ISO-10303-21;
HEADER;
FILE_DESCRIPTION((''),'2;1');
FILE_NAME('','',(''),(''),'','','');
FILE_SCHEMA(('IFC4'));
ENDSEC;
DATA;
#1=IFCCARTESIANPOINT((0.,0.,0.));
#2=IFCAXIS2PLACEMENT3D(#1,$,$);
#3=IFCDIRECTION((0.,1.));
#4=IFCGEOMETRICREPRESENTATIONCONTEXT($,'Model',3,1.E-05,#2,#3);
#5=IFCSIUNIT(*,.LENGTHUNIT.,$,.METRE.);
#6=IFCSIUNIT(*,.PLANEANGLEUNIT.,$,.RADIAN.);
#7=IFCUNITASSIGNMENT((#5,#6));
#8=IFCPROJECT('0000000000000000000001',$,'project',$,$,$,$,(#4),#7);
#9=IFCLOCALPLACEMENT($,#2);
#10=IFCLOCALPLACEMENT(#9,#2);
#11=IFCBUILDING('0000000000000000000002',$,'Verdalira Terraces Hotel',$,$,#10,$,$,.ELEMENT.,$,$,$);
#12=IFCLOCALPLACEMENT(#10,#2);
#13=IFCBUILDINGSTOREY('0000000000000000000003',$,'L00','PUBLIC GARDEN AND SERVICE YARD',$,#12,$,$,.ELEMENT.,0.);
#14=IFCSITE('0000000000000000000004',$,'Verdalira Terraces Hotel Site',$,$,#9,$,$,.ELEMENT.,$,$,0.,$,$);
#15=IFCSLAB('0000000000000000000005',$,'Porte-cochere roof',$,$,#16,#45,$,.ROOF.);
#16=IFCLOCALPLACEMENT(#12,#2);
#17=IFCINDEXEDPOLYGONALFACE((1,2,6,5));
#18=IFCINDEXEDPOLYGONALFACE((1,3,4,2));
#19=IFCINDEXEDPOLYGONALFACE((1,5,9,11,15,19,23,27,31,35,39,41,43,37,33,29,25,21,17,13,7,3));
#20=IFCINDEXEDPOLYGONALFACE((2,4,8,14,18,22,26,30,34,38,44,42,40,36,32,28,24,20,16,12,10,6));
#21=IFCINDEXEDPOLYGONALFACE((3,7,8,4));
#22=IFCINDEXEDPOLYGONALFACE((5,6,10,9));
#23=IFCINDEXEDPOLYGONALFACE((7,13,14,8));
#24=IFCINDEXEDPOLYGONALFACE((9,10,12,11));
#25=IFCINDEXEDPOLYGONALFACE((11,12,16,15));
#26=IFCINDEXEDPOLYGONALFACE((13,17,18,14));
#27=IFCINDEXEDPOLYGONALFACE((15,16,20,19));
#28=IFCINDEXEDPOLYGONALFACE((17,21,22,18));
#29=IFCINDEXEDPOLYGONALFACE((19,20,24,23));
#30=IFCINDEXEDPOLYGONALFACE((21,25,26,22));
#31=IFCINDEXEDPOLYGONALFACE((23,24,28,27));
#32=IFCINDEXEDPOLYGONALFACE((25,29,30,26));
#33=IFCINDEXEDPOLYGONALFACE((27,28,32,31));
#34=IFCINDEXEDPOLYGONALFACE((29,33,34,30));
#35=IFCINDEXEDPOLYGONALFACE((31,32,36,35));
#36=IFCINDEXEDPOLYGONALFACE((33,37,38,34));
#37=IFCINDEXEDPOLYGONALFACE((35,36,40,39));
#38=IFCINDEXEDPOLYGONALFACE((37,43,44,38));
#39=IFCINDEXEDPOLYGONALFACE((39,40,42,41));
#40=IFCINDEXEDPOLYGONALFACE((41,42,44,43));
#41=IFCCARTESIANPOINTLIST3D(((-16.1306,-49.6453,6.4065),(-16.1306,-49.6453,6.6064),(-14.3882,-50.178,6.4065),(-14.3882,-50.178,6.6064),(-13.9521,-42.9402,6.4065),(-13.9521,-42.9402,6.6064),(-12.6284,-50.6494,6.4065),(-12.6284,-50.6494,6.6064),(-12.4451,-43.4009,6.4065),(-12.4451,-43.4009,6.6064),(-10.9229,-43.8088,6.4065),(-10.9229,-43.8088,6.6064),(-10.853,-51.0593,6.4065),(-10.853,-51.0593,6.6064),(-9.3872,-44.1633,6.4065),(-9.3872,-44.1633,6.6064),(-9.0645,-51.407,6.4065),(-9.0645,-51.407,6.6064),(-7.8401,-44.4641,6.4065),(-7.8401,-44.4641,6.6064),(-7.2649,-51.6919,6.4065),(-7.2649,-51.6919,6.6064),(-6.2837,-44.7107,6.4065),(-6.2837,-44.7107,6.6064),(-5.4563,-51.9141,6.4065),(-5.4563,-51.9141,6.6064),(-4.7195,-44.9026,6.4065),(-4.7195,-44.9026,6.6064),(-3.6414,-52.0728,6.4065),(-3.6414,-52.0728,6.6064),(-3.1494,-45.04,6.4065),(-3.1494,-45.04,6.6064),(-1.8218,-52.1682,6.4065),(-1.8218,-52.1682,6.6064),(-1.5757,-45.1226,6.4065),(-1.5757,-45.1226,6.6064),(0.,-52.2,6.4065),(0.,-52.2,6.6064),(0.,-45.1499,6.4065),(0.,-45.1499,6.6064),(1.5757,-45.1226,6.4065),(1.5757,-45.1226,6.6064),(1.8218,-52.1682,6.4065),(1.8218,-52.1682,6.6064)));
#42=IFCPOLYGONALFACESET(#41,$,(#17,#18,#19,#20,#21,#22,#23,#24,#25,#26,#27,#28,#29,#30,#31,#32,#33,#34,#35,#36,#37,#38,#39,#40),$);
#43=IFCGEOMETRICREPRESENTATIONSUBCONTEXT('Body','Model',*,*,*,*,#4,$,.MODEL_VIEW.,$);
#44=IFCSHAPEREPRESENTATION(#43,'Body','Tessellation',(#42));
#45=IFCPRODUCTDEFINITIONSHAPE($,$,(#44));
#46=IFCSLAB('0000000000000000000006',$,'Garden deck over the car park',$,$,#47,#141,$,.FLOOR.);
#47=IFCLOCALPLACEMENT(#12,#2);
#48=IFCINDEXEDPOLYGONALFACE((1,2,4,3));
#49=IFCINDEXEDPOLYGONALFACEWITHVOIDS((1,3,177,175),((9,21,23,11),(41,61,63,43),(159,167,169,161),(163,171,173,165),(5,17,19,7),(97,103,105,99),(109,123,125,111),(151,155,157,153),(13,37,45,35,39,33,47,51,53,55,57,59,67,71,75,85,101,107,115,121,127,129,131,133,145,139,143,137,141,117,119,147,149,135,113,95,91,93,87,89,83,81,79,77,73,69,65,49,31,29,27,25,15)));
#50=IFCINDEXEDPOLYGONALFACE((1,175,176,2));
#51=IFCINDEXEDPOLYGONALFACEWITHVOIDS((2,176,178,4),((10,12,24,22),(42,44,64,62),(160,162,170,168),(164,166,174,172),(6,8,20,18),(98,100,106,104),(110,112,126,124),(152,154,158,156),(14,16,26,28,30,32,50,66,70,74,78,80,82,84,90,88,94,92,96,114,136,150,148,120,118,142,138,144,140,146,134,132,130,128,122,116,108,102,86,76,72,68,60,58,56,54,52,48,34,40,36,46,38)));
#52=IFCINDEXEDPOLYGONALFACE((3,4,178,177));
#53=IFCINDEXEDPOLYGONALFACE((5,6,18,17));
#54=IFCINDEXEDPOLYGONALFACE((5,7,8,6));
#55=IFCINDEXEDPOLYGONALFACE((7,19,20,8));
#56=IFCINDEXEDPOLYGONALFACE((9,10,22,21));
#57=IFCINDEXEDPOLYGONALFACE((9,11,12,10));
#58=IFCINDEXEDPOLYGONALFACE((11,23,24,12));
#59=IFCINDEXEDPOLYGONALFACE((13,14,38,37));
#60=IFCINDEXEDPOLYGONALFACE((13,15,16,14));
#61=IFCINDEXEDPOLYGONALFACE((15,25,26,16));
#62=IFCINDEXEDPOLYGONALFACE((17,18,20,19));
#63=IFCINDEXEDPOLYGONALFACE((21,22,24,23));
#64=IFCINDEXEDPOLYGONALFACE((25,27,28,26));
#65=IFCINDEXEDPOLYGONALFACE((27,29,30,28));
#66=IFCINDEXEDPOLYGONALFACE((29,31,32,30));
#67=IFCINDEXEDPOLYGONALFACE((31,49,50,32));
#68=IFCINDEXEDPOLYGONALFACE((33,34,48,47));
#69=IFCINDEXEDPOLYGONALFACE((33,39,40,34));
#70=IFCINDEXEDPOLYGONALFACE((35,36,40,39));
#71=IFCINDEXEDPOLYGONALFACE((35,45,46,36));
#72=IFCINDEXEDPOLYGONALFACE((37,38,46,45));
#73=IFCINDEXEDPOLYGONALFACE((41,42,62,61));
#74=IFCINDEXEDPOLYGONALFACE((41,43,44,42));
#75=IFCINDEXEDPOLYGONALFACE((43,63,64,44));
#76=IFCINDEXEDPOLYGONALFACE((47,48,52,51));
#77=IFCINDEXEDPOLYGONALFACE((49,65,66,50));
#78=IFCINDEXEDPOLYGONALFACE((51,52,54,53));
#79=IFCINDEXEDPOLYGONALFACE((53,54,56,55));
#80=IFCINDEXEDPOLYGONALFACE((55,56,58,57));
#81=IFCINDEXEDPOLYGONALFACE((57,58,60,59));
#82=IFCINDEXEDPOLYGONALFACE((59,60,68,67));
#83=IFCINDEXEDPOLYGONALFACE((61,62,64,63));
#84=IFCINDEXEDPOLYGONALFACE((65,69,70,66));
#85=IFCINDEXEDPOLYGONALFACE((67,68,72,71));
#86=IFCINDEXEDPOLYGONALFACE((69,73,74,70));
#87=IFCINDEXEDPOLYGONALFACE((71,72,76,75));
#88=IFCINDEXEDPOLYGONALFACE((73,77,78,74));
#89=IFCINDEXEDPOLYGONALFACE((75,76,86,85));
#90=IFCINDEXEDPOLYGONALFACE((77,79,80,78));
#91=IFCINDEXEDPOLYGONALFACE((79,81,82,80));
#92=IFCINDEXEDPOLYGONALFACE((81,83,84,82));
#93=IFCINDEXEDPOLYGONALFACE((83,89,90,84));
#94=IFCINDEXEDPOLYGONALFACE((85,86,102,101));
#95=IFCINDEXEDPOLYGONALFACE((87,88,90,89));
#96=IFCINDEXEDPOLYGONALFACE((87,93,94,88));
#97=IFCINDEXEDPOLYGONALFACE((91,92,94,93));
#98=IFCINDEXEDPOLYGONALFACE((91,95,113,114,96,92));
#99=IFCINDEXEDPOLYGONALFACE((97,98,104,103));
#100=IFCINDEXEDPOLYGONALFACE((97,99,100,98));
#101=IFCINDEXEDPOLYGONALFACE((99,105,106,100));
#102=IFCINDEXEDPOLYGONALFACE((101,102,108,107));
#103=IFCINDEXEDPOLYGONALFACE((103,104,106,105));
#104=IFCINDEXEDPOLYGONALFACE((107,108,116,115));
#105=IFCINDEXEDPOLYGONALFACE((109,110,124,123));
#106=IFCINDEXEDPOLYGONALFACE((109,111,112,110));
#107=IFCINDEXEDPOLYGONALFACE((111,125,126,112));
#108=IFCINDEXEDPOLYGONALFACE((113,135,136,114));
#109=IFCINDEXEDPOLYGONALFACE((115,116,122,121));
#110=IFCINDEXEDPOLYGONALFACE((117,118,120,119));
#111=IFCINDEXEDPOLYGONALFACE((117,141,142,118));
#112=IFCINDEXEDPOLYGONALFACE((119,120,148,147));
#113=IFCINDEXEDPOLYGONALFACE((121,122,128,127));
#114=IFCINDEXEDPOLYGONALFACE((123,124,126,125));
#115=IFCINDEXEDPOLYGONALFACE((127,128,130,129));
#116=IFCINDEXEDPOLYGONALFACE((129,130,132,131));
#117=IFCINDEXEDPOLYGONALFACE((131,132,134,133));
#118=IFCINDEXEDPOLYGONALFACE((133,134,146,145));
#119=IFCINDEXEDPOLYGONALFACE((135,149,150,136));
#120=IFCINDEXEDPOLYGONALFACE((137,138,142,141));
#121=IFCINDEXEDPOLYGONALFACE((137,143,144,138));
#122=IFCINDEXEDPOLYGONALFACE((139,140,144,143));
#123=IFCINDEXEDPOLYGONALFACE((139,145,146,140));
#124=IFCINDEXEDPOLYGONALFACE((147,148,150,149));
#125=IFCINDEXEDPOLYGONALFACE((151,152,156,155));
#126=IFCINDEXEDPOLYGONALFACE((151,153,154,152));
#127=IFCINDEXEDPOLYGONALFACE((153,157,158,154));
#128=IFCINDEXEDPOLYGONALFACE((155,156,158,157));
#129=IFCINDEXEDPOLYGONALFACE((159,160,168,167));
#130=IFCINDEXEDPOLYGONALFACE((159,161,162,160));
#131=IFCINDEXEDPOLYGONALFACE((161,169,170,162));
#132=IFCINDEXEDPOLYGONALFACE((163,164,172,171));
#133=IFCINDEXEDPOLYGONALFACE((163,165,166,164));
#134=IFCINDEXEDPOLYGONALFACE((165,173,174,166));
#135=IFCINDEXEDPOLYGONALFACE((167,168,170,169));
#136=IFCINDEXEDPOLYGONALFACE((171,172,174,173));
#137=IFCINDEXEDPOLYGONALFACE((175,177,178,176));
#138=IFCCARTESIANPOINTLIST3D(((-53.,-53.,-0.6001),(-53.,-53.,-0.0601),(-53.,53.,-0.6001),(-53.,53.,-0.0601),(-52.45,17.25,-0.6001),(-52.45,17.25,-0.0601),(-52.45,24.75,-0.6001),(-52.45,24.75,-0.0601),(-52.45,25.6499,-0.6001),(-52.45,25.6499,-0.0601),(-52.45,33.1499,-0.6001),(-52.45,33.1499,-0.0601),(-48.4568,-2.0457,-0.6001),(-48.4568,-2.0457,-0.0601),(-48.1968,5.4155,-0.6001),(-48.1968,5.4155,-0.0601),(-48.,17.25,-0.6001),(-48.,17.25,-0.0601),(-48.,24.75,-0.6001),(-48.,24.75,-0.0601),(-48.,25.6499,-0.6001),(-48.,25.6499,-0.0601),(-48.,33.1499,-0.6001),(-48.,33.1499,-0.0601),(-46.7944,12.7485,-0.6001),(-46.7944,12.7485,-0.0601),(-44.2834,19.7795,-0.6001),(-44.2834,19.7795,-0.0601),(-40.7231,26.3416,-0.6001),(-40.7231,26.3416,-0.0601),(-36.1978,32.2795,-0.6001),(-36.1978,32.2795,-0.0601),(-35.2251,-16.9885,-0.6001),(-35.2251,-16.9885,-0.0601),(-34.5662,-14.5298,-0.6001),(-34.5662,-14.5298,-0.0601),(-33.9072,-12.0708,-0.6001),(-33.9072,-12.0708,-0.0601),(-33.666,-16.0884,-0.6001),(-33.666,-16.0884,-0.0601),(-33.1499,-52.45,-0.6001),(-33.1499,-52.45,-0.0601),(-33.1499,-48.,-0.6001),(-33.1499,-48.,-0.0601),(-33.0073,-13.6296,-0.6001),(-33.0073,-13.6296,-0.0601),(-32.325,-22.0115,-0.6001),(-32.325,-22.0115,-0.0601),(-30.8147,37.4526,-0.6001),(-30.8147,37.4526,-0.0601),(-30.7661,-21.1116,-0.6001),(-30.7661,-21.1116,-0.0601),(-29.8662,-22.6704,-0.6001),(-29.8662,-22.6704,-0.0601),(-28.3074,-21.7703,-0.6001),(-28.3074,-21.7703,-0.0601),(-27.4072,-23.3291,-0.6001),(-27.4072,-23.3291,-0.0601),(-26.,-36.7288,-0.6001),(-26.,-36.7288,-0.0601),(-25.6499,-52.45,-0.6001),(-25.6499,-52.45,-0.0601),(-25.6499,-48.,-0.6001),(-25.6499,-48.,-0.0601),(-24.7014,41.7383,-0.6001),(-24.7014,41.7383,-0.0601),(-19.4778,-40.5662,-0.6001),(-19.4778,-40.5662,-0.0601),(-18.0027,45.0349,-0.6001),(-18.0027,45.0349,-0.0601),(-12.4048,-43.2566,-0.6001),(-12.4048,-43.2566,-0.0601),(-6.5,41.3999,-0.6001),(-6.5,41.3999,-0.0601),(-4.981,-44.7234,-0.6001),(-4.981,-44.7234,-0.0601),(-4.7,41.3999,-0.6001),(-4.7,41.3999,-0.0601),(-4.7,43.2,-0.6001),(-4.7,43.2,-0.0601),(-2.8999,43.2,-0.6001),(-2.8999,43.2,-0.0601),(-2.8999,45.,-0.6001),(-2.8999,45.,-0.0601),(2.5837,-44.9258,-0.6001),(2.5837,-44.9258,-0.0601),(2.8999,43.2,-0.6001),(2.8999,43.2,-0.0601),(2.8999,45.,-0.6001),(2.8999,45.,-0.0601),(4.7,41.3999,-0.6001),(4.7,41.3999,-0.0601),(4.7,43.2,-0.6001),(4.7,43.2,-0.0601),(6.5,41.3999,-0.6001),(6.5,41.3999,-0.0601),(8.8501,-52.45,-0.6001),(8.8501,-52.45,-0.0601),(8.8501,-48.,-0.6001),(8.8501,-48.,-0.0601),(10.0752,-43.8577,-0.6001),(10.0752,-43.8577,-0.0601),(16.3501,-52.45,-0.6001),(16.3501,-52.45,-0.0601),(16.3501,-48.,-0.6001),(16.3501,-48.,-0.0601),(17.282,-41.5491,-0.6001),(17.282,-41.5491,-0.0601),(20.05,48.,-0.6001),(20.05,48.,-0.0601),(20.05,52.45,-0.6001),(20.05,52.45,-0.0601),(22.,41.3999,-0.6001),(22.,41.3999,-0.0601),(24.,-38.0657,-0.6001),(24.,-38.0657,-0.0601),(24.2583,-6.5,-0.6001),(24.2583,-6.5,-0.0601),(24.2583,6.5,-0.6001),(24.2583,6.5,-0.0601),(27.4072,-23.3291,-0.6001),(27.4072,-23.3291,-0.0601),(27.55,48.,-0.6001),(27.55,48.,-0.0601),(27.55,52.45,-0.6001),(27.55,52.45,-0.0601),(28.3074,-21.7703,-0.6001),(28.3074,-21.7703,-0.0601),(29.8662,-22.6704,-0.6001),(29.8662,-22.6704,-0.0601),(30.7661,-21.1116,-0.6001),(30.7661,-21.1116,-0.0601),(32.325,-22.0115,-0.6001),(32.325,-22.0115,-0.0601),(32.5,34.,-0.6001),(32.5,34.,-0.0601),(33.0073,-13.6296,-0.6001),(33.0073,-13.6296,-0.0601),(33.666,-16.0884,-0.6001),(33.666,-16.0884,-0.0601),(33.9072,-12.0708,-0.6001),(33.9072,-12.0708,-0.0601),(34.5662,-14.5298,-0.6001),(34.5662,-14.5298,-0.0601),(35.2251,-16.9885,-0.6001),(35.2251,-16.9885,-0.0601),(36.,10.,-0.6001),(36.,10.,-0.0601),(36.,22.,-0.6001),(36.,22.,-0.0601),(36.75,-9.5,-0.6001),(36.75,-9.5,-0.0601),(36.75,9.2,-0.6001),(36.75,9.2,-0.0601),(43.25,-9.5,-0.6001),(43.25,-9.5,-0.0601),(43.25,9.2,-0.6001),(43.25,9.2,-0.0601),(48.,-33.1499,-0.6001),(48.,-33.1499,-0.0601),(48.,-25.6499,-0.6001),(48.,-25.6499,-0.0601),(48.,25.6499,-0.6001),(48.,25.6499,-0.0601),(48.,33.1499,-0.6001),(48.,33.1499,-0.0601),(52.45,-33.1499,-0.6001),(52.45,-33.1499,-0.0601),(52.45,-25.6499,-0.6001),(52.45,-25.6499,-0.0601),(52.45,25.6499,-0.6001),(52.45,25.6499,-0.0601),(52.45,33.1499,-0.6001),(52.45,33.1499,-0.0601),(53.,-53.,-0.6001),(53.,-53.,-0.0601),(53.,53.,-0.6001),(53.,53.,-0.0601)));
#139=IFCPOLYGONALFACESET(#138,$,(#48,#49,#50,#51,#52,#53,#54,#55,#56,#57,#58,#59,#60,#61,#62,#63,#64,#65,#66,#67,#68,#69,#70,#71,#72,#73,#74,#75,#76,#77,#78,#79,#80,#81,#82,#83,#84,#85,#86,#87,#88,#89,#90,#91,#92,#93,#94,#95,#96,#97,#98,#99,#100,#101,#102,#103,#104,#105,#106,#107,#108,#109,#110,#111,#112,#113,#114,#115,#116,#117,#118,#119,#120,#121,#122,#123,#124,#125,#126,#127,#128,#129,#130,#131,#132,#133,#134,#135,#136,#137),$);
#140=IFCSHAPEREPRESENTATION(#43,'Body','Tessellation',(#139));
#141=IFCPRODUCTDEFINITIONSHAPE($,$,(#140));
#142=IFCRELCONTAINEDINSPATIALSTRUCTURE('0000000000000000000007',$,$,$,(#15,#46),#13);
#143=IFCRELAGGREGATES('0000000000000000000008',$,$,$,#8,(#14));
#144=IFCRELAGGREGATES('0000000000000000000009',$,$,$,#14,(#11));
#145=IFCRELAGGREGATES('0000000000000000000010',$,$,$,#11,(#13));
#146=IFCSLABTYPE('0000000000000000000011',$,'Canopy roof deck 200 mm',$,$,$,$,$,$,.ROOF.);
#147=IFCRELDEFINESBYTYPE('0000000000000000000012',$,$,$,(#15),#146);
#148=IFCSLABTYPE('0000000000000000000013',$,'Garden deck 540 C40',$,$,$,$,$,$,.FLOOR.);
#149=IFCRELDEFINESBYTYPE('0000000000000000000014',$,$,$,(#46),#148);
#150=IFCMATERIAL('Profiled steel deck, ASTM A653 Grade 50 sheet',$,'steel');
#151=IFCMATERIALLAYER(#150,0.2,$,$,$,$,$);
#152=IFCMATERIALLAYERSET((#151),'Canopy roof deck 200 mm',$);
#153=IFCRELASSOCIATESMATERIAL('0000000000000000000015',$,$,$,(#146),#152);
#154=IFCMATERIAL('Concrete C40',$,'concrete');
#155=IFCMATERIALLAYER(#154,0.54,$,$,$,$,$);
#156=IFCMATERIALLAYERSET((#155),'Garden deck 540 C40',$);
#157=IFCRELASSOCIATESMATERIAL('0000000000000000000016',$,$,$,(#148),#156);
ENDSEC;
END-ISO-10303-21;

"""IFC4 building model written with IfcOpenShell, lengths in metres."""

from ifc_helpers import new_model, si_unit, direction, frame, origin, place, context, subcontext, project, spatial, polyline, outline, extrude, material, layer, layer_set, type_object, element, save


model = new_model("IFC4")

# Units and contexts
model_context = context("Model", 3, precision=1e-05, world=origin(), true_north=direction((0.0, 1.0)))
body_context = subcontext(model_context, "Body", "Model", "MODEL_VIEW")
ifc_project = project(units=[si_unit("LENGTHUNIT", "METRE"), si_unit("PLANEANGLEUNIT", "RADIAN")], contexts=[model_context])

# Site, building, storey
site_placement = place(None, origin())
site = spatial("IfcSite", under=ifc_project, at=site_placement, Name="Verdalira Terraces Hotel Site", CompositionType="ELEMENT", RefElevation=0.0)
building_placement = place(site_placement, origin())
building = spatial("IfcBuilding", under=site, at=building_placement, Name="Verdalira Terraces Hotel", CompositionType="ELEMENT")
storey_placement = place(building_placement, origin())
storey = spatial("IfcBuildingStorey", under=building, at=storey_placement, Name="L00", Description="PUBLIC GARDEN AND SERVICE YARD", CompositionType="ELEMENT", Elevation=0.0)

# Slabs
ifc_material_1 = material(Name="Profiled steel deck, ASTM A653 Grade 50 sheet", Category="steel")
ifc_layer_1 = layer(ifc_material_1, 0.2)
ifc_layer_set_1 = layer_set([ifc_layer_1], Name="Canopy roof deck 200 mm")
slab_type_1 = type_object("IfcSlabType", Name="Canopy roof deck 200 mm", PredefinedType="ROOF", material=ifc_layer_set_1)
slab_1_placement = place(storey_placement, frame((0.0, 0.0, 6.4065)))
element("IfcSlab", 1, at=slab_1_placement, inside=storey, type_object=slab_type_1, Name="Porte-cochere roof", PredefinedType="ROOF", context=body_context, shape_type="SweptSolid", body=[
    extrude(outline(polyline([(-13.9521, -42.9402), (-12.4451, -43.4009), (-10.9229, -43.8088), (-9.3872, -44.1633), (-7.8401, -44.4641), (-6.2837, -44.7107), (-4.7195, -44.9026), (-3.1494, -45.04), (-1.5757, -45.1226), (0.0, -45.1499), (1.5757, -45.1226), (1.8218, -52.1682), (0.0, -52.2), (-1.8218, -52.1682), (-3.6414, -52.0728), (-5.4563, -51.9141), (-7.2649, -51.6919), (-9.0645, -51.407), (-10.853, -51.0593), (-12.6284, -50.6494), (-14.3882, -50.178), (-16.1306, -49.6453), (-13.9521, -42.9402)])), origin(), (0.0, 0.0, 1.0), 0.2),
])
ifc_material_2 = material(Name="Concrete C40", Category="concrete")
ifc_layer_2 = layer(ifc_material_2, 0.54)
ifc_layer_set_2 = layer_set([ifc_layer_2], Name="Garden deck 540 C40")
slab_type_2 = type_object("IfcSlabType", Name="Garden deck 540 C40", PredefinedType="FLOOR", material=ifc_layer_set_2)
slab_2_placement = place(storey_placement, frame((0.0, 0.0, -0.6001)))
element("IfcSlab", 2, at=slab_2_placement, inside=storey, type_object=slab_type_2, Name="Garden deck over the car park", PredefinedType="FLOOR", context=body_context, shape_type="SweptSolid", body=[
    extrude(outline(polyline([(53.0, -53.0), (53.0, 53.0), (-53.0, 53.0), (-53.0, -53.0), (53.0, -53.0)]), holes=[polyline([(48.0, -25.6499), (52.45, -25.6499), (52.45, -33.1499), (48.0, -33.1499), (48.0, -25.6499)]), polyline([(48.0, 25.6499), (48.0, 33.1499), (52.45, 33.1499), (52.45, 25.6499), (48.0, 25.6499)]), polyline([(43.25, -9.5), (36.75, -9.5), (36.75, 9.2), (43.25, 9.2), (43.25, -9.5)]), polyline([(33.666, -16.0884), (35.2251, -16.9885), (32.325, -22.0115), (30.7661, -21.1116), (29.8662, -22.6704), (28.3074, -21.7703), (27.4072, -23.3291), (24.0, -38.0657), (17.282, -41.5491), (10.0752, -43.8577), (2.5837, -44.9258), (-4.981, -44.7234), (-12.4048, -43.2566), (-19.4778, -40.5662), (-26.0, -36.7288), (-27.4072, -23.3291), (-28.3074, -21.7703), (-29.8662, -22.6704), (-30.7661, -21.1116), (-32.325, -22.0115), (-35.2251, -16.9885), (-33.666, -16.0884), (-34.5662, -14.5298), (-33.0073, -13.6296), (-33.9072, -12.0708), (-48.4568, -2.0457), (-48.1968, 5.4155), (-46.7944, 12.7485), (-44.2834, 19.7795), (-40.7231, 26.3416), (-36.1978, 32.2795), (-30.8147, 37.4526), (-24.7014, 41.7383), (-18.0027, 45.0349), (-6.5, 41.3999), (-4.7, 41.3999), (-4.7, 43.2), (-2.8999, 43.2), (-2.8999, 45.0), (2.8999, 45.0), (2.8999, 43.2), (4.7, 43.2), (4.7, 41.3999), (6.5, 41.3999), (22.0, 41.3999), (32.5, 34.0), (36.0, 22.0), (36.0, 10.0), (24.2583, 6.5), (24.2583, -6.5), (33.9072, -12.0708), (33.0073, -13.6296), (34.5662, -14.5298), (33.666, -16.0884)]), polyline([(27.55, 52.45), (27.55, 48.0), (20.05, 48.0), (20.05, 52.45), (27.55, 52.45)]), polyline([(8.8501, -48.0), (16.3501, -48.0), (16.3501, -52.45), (8.8501, -52.45), (8.8501, -48.0)]), polyline([(-33.1499, -52.45), (-33.1499, -48.0), (-25.6499, -48.0), (-25.6499, -52.45), (-33.1499, -52.45)]), polyline([(-48.0, 24.75), (-48.0, 17.25), (-52.45, 17.25), (-52.45, 24.75), (-48.0, 24.75)]), polyline([(-48.0, 25.6499), (-52.45, 25.6499), (-52.45, 33.1499), (-48.0, 33.1499), (-48.0, 25.6499)])]), origin(), (0.0, 0.0, 1.0), 0.54),
])

save(model, "model.ifc")
